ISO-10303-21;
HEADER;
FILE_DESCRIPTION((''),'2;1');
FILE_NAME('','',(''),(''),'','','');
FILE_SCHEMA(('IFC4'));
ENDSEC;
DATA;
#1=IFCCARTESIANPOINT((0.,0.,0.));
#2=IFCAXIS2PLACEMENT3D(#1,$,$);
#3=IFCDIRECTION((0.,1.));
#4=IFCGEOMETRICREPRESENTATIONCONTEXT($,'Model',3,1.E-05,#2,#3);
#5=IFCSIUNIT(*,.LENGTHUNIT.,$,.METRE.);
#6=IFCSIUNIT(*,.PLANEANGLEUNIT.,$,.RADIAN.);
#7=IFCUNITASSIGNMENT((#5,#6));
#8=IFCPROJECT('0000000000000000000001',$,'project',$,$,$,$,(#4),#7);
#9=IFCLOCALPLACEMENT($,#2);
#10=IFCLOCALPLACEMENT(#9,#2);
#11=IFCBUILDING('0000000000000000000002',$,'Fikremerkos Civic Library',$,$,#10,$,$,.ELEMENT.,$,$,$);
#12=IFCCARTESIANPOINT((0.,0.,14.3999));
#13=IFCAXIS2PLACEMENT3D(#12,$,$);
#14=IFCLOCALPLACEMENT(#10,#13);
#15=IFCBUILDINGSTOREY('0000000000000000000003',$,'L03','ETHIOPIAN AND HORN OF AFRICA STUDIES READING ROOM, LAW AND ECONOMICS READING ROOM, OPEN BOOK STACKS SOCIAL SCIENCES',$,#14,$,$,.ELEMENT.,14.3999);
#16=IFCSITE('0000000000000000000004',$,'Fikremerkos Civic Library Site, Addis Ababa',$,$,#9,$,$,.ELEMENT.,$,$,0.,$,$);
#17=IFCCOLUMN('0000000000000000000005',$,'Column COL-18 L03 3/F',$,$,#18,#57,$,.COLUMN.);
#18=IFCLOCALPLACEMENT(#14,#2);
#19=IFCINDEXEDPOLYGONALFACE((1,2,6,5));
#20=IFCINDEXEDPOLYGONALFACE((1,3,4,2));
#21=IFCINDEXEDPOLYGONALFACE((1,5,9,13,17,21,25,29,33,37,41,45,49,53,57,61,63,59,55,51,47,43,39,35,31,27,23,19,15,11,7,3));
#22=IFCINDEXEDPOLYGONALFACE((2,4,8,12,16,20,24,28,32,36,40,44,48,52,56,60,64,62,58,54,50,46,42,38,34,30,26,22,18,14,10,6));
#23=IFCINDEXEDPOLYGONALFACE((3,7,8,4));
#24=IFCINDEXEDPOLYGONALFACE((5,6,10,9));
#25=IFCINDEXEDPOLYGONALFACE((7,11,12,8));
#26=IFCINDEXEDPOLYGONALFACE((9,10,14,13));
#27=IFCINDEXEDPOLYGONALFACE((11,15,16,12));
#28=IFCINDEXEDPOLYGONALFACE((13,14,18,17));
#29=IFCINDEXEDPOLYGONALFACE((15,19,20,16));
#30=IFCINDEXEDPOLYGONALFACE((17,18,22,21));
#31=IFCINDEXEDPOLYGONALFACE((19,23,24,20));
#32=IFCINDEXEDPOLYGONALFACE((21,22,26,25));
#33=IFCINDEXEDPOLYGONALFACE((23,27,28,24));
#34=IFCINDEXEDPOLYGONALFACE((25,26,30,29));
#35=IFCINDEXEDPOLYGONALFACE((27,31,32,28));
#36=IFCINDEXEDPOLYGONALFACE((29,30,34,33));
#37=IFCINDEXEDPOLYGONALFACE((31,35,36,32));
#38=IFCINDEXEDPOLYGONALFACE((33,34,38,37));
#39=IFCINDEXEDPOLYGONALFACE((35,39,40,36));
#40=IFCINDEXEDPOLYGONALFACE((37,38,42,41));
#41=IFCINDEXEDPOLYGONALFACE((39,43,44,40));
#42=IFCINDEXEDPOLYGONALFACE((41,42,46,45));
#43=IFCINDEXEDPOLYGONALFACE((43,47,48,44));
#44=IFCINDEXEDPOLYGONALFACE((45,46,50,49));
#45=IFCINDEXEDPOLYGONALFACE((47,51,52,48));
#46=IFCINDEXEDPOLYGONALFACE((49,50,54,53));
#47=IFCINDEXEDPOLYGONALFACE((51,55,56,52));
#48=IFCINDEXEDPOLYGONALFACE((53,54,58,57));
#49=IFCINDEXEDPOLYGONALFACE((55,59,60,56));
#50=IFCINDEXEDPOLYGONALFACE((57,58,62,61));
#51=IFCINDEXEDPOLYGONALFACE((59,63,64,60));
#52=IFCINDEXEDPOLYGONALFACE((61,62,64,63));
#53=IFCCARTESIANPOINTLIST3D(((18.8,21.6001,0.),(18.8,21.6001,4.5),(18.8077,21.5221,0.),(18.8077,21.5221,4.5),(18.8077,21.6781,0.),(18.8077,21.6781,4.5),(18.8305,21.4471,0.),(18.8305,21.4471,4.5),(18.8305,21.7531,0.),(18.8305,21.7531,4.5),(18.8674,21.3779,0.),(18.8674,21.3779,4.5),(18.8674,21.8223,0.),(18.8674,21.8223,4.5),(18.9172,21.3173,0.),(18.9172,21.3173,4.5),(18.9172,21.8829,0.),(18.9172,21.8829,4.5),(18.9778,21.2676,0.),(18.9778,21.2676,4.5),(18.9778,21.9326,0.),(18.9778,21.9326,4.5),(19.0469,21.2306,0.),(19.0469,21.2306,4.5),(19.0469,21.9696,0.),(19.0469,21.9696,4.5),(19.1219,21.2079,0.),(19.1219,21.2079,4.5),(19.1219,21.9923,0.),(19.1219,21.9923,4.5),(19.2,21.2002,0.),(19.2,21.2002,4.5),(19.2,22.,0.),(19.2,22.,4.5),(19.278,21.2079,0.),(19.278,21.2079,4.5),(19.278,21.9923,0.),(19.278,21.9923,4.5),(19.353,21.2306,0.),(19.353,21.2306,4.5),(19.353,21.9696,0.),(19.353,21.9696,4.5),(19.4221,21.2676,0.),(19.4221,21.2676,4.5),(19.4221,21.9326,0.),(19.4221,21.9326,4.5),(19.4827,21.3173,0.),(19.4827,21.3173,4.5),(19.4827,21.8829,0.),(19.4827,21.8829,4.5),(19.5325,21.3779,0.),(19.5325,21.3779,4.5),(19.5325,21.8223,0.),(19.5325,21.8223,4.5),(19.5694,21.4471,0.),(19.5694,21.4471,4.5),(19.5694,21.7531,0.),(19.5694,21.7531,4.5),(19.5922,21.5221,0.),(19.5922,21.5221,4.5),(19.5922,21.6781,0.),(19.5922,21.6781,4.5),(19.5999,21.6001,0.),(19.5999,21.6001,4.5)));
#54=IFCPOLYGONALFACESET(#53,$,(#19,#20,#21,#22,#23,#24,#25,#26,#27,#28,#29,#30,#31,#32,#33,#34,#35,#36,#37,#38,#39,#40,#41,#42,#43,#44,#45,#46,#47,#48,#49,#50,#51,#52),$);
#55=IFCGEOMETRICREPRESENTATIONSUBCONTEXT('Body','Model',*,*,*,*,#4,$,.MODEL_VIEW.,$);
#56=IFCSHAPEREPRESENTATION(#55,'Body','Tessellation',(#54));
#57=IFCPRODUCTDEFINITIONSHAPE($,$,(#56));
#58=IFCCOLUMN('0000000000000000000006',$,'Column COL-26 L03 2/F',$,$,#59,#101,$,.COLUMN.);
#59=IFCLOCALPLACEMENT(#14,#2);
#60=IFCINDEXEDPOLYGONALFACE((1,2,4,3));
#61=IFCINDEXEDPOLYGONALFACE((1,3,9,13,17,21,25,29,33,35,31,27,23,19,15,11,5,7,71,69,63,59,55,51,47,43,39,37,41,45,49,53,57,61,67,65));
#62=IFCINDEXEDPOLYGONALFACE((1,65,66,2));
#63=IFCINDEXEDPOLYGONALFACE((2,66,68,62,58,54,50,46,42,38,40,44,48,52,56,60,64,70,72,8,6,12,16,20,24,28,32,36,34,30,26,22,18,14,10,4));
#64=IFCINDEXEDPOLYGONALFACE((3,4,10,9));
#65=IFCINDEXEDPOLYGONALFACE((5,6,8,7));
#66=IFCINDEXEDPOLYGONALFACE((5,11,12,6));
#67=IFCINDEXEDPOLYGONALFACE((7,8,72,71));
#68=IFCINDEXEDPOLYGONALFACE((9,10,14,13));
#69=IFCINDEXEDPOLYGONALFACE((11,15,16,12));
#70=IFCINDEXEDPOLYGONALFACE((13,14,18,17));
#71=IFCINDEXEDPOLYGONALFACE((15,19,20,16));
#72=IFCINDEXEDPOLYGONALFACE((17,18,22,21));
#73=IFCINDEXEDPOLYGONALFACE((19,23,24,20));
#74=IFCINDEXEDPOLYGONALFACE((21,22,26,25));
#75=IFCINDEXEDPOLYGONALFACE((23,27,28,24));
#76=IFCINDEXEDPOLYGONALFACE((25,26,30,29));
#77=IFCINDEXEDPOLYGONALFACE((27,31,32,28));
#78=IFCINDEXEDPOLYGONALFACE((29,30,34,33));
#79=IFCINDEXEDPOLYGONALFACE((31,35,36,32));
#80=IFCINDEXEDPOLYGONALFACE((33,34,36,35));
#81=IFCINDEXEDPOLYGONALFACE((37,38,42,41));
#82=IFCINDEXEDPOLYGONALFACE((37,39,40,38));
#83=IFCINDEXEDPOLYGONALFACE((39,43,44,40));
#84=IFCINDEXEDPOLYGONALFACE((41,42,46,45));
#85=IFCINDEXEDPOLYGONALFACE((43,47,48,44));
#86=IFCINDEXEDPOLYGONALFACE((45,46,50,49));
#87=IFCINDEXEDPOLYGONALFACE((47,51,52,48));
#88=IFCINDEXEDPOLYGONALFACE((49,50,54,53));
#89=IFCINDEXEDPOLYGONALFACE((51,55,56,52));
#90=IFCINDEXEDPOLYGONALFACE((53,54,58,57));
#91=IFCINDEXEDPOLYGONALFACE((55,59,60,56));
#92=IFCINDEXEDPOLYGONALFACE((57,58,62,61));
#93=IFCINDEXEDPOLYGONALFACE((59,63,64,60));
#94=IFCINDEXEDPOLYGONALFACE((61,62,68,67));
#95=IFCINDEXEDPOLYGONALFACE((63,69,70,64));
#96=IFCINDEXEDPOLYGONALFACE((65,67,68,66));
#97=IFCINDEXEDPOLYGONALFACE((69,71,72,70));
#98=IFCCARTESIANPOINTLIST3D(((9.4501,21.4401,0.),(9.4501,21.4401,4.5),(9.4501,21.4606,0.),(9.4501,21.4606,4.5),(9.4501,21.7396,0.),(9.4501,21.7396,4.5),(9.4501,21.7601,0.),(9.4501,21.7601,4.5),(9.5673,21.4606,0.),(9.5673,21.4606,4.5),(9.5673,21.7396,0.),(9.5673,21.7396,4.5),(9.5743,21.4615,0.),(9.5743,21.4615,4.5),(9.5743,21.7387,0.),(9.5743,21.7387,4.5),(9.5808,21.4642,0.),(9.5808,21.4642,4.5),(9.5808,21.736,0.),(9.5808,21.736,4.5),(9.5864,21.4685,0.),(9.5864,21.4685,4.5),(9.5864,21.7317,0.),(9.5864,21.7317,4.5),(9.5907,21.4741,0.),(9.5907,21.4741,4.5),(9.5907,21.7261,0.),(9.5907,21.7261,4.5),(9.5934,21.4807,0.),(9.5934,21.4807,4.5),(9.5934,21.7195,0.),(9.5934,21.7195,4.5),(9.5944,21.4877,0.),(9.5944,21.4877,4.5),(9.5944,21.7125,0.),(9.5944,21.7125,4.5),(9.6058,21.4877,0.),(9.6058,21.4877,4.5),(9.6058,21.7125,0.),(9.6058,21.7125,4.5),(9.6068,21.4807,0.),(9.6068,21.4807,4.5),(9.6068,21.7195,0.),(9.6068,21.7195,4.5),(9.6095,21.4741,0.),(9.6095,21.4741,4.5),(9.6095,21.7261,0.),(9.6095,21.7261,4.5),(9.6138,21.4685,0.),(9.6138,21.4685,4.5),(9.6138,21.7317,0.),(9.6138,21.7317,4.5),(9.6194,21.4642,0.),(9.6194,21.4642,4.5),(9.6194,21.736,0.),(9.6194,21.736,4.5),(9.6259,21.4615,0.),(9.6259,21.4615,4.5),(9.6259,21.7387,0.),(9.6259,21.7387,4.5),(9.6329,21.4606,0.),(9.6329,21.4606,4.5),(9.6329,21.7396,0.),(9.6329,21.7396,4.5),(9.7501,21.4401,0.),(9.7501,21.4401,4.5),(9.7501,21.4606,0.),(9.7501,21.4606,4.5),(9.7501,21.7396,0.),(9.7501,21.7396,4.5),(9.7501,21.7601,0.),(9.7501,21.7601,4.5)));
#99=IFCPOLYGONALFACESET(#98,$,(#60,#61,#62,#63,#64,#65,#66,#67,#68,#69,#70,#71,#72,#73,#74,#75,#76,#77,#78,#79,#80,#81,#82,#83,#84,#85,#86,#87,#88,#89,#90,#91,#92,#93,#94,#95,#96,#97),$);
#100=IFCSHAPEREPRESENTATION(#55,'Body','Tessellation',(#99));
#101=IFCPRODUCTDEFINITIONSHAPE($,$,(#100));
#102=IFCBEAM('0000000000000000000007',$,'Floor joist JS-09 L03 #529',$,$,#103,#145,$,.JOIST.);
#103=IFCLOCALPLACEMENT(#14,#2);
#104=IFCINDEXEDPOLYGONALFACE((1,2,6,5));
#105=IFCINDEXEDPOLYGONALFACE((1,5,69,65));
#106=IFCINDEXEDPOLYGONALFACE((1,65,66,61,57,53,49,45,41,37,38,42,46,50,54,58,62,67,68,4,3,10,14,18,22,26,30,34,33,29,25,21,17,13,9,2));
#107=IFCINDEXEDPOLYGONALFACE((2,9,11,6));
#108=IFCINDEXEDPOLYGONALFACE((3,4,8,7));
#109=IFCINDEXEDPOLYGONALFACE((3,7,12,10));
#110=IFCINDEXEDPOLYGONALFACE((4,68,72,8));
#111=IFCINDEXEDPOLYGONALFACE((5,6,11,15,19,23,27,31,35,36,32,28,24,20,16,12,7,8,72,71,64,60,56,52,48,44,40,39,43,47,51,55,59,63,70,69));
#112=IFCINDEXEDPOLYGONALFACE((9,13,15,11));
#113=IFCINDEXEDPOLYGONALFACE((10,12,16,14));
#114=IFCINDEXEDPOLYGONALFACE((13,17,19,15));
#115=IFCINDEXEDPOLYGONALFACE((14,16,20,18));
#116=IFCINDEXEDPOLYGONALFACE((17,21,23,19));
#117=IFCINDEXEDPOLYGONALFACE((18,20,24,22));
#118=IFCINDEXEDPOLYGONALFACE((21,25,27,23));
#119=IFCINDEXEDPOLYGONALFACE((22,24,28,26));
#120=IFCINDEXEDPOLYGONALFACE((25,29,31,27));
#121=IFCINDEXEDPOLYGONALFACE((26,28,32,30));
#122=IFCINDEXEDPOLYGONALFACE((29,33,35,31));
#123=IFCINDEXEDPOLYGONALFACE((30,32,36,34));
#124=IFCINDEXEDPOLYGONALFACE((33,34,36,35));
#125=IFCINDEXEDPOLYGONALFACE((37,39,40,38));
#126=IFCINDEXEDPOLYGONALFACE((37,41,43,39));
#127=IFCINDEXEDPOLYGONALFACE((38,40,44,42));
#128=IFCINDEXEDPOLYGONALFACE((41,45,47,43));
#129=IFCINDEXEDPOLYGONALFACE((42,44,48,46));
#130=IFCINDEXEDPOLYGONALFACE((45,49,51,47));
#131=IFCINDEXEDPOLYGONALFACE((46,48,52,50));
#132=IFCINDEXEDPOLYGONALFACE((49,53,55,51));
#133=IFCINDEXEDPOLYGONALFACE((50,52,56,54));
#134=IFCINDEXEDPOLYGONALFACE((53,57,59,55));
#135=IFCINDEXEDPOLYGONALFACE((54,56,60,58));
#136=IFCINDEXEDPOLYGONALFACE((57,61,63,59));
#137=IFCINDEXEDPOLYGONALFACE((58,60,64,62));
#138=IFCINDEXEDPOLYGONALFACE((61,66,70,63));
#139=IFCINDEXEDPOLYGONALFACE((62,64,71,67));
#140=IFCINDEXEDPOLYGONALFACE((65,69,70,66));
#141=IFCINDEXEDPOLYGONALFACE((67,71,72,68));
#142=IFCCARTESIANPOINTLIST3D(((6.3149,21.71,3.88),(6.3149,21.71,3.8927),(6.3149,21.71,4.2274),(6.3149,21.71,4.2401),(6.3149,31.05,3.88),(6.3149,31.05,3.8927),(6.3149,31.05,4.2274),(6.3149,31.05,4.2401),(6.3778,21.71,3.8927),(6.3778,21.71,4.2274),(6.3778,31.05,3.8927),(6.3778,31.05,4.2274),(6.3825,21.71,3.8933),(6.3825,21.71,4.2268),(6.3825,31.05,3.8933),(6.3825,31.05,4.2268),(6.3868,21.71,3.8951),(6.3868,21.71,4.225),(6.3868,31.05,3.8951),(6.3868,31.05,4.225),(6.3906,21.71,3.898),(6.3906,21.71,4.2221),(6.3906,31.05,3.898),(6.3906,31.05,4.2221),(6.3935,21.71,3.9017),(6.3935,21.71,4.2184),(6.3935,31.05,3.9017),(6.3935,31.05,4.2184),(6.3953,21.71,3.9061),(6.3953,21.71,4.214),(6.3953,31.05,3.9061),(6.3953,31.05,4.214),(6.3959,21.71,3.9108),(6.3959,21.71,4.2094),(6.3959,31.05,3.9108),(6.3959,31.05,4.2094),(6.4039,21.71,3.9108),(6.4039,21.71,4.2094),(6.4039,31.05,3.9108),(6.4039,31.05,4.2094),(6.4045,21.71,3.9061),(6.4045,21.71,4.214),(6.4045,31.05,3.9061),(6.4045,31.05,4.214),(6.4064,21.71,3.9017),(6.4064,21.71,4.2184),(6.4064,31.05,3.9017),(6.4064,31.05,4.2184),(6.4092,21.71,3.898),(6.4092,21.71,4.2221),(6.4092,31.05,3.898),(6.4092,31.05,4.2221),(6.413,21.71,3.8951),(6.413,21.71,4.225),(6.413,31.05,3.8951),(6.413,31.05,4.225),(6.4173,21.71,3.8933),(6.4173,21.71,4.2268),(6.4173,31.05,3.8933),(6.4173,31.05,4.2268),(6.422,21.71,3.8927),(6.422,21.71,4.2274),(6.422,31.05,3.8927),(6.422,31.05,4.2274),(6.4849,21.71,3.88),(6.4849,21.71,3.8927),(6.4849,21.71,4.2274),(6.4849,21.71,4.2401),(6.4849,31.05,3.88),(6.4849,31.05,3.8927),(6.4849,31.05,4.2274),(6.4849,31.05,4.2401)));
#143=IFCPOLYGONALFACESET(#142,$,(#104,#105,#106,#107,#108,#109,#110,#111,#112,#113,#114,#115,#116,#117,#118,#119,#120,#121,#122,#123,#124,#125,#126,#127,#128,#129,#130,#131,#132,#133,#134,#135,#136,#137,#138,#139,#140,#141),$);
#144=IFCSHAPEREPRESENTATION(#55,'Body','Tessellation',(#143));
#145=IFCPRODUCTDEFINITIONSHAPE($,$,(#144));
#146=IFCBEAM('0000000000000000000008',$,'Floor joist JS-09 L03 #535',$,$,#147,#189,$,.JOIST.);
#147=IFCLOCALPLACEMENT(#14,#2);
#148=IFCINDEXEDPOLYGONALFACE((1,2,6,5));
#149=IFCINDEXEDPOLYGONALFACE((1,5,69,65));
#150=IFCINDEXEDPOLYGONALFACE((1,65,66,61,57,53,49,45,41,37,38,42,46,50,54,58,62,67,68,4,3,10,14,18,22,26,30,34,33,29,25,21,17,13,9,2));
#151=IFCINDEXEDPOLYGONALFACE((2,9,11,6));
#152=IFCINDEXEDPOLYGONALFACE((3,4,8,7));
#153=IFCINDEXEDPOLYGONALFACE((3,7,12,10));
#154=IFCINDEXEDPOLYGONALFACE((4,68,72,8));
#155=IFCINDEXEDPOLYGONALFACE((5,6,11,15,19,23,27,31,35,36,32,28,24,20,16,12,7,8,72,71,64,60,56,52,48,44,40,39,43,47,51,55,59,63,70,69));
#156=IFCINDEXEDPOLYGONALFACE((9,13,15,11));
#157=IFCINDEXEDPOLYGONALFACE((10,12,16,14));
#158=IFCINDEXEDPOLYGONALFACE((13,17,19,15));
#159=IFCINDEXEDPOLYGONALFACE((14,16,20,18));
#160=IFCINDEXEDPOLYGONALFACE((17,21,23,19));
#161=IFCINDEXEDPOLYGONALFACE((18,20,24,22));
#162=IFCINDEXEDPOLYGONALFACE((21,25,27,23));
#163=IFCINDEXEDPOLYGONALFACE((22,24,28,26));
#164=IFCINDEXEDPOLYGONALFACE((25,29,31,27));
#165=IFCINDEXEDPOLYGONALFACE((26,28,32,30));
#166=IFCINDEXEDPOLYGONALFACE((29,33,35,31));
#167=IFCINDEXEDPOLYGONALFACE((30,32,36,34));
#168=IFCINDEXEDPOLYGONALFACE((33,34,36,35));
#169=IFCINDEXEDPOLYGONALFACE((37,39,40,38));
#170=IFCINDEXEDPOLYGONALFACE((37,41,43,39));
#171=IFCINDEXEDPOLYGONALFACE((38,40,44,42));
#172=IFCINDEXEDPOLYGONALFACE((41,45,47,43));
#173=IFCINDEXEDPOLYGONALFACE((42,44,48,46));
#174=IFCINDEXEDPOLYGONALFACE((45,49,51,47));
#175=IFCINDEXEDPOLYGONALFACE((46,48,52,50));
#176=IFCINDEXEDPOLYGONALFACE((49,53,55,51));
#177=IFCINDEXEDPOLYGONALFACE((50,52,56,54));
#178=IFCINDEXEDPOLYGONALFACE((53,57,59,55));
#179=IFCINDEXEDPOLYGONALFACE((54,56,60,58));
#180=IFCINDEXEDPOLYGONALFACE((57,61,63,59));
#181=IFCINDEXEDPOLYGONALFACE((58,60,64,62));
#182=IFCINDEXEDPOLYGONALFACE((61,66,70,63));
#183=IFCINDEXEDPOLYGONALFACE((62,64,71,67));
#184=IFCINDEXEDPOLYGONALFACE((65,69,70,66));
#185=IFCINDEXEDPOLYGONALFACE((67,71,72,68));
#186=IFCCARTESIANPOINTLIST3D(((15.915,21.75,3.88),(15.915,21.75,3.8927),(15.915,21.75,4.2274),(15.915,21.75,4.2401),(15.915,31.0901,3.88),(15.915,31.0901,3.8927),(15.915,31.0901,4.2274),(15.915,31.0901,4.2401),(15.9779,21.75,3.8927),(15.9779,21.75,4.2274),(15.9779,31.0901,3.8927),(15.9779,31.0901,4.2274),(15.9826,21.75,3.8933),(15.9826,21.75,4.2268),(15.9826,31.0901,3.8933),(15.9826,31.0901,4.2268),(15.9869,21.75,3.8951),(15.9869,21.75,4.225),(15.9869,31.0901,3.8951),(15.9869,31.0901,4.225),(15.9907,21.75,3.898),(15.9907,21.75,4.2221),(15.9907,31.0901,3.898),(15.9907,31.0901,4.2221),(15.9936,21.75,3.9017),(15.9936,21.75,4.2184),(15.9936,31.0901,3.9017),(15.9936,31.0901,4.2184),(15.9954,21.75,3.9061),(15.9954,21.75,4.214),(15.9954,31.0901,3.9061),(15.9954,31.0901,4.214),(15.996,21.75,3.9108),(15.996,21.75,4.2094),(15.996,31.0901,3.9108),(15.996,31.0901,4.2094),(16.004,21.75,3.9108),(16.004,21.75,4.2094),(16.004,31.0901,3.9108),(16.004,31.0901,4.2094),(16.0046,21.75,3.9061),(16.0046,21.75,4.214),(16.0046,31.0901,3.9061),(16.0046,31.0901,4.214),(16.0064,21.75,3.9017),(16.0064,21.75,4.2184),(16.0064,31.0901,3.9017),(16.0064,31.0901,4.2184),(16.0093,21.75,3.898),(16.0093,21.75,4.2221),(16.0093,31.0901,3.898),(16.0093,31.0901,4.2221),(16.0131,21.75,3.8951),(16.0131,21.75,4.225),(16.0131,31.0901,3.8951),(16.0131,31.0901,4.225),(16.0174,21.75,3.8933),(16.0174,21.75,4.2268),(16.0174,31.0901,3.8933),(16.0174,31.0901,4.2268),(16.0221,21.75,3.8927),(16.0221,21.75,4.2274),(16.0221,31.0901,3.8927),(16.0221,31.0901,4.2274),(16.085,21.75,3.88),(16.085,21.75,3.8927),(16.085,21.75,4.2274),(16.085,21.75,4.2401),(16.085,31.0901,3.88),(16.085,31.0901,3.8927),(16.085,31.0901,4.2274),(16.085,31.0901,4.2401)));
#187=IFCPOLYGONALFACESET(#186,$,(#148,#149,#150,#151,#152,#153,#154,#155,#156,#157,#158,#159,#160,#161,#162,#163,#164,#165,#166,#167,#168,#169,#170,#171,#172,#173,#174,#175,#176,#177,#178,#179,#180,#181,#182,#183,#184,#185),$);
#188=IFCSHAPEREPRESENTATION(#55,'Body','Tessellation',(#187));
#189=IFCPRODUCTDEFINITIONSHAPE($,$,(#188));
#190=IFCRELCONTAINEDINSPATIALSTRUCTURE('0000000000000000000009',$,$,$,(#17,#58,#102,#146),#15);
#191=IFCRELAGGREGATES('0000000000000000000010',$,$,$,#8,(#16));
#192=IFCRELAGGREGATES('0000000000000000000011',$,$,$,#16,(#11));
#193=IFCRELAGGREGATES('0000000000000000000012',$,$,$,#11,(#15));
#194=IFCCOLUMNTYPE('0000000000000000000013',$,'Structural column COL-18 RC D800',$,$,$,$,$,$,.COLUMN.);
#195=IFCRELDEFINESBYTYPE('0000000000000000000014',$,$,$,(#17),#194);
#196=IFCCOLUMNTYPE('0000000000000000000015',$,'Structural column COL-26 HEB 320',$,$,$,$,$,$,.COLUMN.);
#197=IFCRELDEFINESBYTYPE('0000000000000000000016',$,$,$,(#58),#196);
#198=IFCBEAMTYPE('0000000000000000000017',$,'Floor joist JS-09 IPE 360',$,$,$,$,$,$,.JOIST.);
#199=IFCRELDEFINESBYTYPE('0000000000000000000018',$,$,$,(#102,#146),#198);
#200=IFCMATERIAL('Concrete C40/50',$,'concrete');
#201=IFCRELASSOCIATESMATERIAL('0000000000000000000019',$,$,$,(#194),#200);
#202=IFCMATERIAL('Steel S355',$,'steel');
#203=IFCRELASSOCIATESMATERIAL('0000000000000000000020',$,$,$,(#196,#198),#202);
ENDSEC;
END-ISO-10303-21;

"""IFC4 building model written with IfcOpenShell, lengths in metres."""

from ifc_helpers import new_model, si_unit, direction, frame, origin, origin_2d, place, context, subcontext, project, spatial, circle, i_section, extrude, material, material_profile, profile_set, type_object, element, save


model = new_model("IFC4")

# Units and contexts
model_context = context("Model", 3, precision=1e-05, world=origin(), true_north=direction((0.0, 1.0)))
body_context = subcontext(model_context, "Body", "Model", "MODEL_VIEW")
ifc_project = project(units=[si_unit("LENGTHUNIT", "METRE"), si_unit("PLANEANGLEUNIT", "RADIAN")], contexts=[model_context])

# Site, building, storey
site_placement = place(None, origin())
site = spatial("IfcSite", under=ifc_project, at=site_placement, Name="Fikremerkos Civic Library Site, Addis Ababa", CompositionType="ELEMENT", RefElevation=0.0)
building_placement = place(site_placement, origin())
building = spatial("IfcBuilding", under=site, at=building_placement, Name="Fikremerkos Civic Library", CompositionType="ELEMENT")
storey_placement = place(building_placement, frame((0.0, 0.0, 14.3999)))
storey = spatial("IfcBuildingStorey", under=building, at=storey_placement, Name="L03", Description="ETHIOPIAN AND HORN OF AFRICA STUDIES READING ROOM, LAW AND ECONOMICS READING ROOM, OPEN BOOK STACKS SOCIAL SCIENCES", CompositionType="ELEMENT", Elevation=14.3999)

# Columns
ifc_material_1 = material(Name="Concrete C40/50", Category="concrete")
ifc_material_profile_1 = material_profile(ifc_material_1, circle(Radius=0.3999, at=origin_2d()), Name="RC D800")
ifc_profile_set_1 = profile_set([ifc_material_profile_1], Name="Concrete C40/50")
column_type_1 = type_object("IfcColumnType", Name="Structural column COL-18 RC D800", PredefinedType="COLUMN", material=ifc_profile_set_1)
column_1_placement = place(storey_placement, frame((19.2, 21.6001, 0.0), z_axis=(0.0, 0.0, 1.0), x_axis=(1.0, 0.0, 0.0)))
element("IfcColumn", 1, at=column_1_placement, inside=storey, type_object=column_type_1, Name="Column COL-18 L03 3/F", PredefinedType="COLUMN", context=body_context, shape_type="SweptSolid", body=[
    extrude(circle(Radius=0.3999, at=origin_2d()), origin(), (0.0, 0.0, 1.0), 4.5),
])
ifc_material_2 = material(Name="Steel S355", Category="steel")
ifc_material_profile_2 = material_profile(ifc_material_2, i_section(OverallWidth=0.3, OverallDepth=0.3201, WebThickness=0.0115, FlangeThickness=0.0205, FilletRadius=0.0271, at=origin_2d()), Name="HEB 320")
ifc_profile_set_2 = profile_set([ifc_material_profile_2], Name="Steel S355")
column_type_2 = type_object("IfcColumnType", Name="Structural column COL-26 HEB 320", PredefinedType="COLUMN", material=ifc_profile_set_2)
column_2_placement = place(storey_placement, frame((9.6001, 21.6001, 0.0), z_axis=(0.0, 0.0, 1.0), x_axis=(1.0, 0.0, 0.0)))
element("IfcColumn", 2, at=column_2_placement, inside=storey, type_object=column_type_2, Name="Column COL-26 L03 2/F", PredefinedType="COLUMN", context=body_context, shape_type="SweptSolid", body=[
    extrude(i_section(OverallWidth=0.3, OverallDepth=0.3201, WebThickness=0.0115, FlangeThickness=0.0205, FilletRadius=0.0271, at=origin_2d()), origin(), (0.0, 0.0, 1.0), 4.5),
])

# Beams
ifc_material_profile_3 = material_profile(ifc_material_2, i_section(OverallWidth=0.1699, OverallDepth=0.3601, WebThickness=0.0081, FlangeThickness=0.0127, FilletRadius=0.0181, at=origin_2d()), Name="IPE 360")
ifc_profile_set_3 = profile_set([ifc_material_profile_3], Name="Steel S355")
beam_type_1 = type_object("IfcBeamType", Name="Floor joist JS-09 IPE 360", PredefinedType="JOIST", material=ifc_profile_set_3)
for number, where, z_axis, x_axis, name in (
    (3, (6.3999, 21.71, 4.0601), (0.0, 1.0, 0.0), (-1.0, 0.0, 0.0), "Floor joist JS-09 L03 #529"),
    (4, (16.0, 21.75, 4.0601), (0.0, 1.0, 0.0), (-1.0, 0.0, 0.0), "Floor joist JS-09 L03 #535"),
):
    element("IfcBeam", number, at=place(storey_placement, frame(where, z_axis=z_axis, x_axis=x_axis)), inside=storey, type_object=beam_type_1, Name=name, PredefinedType="JOIST", context=body_context, shape_type="SweptSolid", body=[
        extrude(i_section(OverallWidth=0.1699, OverallDepth=0.3601, WebThickness=0.0081, FlangeThickness=0.0127, FilletRadius=0.0181, at=origin_2d()), origin(), (0.0, 0.0, 1.0), 9.3401),
    ])

save(model, "model.ifc")
